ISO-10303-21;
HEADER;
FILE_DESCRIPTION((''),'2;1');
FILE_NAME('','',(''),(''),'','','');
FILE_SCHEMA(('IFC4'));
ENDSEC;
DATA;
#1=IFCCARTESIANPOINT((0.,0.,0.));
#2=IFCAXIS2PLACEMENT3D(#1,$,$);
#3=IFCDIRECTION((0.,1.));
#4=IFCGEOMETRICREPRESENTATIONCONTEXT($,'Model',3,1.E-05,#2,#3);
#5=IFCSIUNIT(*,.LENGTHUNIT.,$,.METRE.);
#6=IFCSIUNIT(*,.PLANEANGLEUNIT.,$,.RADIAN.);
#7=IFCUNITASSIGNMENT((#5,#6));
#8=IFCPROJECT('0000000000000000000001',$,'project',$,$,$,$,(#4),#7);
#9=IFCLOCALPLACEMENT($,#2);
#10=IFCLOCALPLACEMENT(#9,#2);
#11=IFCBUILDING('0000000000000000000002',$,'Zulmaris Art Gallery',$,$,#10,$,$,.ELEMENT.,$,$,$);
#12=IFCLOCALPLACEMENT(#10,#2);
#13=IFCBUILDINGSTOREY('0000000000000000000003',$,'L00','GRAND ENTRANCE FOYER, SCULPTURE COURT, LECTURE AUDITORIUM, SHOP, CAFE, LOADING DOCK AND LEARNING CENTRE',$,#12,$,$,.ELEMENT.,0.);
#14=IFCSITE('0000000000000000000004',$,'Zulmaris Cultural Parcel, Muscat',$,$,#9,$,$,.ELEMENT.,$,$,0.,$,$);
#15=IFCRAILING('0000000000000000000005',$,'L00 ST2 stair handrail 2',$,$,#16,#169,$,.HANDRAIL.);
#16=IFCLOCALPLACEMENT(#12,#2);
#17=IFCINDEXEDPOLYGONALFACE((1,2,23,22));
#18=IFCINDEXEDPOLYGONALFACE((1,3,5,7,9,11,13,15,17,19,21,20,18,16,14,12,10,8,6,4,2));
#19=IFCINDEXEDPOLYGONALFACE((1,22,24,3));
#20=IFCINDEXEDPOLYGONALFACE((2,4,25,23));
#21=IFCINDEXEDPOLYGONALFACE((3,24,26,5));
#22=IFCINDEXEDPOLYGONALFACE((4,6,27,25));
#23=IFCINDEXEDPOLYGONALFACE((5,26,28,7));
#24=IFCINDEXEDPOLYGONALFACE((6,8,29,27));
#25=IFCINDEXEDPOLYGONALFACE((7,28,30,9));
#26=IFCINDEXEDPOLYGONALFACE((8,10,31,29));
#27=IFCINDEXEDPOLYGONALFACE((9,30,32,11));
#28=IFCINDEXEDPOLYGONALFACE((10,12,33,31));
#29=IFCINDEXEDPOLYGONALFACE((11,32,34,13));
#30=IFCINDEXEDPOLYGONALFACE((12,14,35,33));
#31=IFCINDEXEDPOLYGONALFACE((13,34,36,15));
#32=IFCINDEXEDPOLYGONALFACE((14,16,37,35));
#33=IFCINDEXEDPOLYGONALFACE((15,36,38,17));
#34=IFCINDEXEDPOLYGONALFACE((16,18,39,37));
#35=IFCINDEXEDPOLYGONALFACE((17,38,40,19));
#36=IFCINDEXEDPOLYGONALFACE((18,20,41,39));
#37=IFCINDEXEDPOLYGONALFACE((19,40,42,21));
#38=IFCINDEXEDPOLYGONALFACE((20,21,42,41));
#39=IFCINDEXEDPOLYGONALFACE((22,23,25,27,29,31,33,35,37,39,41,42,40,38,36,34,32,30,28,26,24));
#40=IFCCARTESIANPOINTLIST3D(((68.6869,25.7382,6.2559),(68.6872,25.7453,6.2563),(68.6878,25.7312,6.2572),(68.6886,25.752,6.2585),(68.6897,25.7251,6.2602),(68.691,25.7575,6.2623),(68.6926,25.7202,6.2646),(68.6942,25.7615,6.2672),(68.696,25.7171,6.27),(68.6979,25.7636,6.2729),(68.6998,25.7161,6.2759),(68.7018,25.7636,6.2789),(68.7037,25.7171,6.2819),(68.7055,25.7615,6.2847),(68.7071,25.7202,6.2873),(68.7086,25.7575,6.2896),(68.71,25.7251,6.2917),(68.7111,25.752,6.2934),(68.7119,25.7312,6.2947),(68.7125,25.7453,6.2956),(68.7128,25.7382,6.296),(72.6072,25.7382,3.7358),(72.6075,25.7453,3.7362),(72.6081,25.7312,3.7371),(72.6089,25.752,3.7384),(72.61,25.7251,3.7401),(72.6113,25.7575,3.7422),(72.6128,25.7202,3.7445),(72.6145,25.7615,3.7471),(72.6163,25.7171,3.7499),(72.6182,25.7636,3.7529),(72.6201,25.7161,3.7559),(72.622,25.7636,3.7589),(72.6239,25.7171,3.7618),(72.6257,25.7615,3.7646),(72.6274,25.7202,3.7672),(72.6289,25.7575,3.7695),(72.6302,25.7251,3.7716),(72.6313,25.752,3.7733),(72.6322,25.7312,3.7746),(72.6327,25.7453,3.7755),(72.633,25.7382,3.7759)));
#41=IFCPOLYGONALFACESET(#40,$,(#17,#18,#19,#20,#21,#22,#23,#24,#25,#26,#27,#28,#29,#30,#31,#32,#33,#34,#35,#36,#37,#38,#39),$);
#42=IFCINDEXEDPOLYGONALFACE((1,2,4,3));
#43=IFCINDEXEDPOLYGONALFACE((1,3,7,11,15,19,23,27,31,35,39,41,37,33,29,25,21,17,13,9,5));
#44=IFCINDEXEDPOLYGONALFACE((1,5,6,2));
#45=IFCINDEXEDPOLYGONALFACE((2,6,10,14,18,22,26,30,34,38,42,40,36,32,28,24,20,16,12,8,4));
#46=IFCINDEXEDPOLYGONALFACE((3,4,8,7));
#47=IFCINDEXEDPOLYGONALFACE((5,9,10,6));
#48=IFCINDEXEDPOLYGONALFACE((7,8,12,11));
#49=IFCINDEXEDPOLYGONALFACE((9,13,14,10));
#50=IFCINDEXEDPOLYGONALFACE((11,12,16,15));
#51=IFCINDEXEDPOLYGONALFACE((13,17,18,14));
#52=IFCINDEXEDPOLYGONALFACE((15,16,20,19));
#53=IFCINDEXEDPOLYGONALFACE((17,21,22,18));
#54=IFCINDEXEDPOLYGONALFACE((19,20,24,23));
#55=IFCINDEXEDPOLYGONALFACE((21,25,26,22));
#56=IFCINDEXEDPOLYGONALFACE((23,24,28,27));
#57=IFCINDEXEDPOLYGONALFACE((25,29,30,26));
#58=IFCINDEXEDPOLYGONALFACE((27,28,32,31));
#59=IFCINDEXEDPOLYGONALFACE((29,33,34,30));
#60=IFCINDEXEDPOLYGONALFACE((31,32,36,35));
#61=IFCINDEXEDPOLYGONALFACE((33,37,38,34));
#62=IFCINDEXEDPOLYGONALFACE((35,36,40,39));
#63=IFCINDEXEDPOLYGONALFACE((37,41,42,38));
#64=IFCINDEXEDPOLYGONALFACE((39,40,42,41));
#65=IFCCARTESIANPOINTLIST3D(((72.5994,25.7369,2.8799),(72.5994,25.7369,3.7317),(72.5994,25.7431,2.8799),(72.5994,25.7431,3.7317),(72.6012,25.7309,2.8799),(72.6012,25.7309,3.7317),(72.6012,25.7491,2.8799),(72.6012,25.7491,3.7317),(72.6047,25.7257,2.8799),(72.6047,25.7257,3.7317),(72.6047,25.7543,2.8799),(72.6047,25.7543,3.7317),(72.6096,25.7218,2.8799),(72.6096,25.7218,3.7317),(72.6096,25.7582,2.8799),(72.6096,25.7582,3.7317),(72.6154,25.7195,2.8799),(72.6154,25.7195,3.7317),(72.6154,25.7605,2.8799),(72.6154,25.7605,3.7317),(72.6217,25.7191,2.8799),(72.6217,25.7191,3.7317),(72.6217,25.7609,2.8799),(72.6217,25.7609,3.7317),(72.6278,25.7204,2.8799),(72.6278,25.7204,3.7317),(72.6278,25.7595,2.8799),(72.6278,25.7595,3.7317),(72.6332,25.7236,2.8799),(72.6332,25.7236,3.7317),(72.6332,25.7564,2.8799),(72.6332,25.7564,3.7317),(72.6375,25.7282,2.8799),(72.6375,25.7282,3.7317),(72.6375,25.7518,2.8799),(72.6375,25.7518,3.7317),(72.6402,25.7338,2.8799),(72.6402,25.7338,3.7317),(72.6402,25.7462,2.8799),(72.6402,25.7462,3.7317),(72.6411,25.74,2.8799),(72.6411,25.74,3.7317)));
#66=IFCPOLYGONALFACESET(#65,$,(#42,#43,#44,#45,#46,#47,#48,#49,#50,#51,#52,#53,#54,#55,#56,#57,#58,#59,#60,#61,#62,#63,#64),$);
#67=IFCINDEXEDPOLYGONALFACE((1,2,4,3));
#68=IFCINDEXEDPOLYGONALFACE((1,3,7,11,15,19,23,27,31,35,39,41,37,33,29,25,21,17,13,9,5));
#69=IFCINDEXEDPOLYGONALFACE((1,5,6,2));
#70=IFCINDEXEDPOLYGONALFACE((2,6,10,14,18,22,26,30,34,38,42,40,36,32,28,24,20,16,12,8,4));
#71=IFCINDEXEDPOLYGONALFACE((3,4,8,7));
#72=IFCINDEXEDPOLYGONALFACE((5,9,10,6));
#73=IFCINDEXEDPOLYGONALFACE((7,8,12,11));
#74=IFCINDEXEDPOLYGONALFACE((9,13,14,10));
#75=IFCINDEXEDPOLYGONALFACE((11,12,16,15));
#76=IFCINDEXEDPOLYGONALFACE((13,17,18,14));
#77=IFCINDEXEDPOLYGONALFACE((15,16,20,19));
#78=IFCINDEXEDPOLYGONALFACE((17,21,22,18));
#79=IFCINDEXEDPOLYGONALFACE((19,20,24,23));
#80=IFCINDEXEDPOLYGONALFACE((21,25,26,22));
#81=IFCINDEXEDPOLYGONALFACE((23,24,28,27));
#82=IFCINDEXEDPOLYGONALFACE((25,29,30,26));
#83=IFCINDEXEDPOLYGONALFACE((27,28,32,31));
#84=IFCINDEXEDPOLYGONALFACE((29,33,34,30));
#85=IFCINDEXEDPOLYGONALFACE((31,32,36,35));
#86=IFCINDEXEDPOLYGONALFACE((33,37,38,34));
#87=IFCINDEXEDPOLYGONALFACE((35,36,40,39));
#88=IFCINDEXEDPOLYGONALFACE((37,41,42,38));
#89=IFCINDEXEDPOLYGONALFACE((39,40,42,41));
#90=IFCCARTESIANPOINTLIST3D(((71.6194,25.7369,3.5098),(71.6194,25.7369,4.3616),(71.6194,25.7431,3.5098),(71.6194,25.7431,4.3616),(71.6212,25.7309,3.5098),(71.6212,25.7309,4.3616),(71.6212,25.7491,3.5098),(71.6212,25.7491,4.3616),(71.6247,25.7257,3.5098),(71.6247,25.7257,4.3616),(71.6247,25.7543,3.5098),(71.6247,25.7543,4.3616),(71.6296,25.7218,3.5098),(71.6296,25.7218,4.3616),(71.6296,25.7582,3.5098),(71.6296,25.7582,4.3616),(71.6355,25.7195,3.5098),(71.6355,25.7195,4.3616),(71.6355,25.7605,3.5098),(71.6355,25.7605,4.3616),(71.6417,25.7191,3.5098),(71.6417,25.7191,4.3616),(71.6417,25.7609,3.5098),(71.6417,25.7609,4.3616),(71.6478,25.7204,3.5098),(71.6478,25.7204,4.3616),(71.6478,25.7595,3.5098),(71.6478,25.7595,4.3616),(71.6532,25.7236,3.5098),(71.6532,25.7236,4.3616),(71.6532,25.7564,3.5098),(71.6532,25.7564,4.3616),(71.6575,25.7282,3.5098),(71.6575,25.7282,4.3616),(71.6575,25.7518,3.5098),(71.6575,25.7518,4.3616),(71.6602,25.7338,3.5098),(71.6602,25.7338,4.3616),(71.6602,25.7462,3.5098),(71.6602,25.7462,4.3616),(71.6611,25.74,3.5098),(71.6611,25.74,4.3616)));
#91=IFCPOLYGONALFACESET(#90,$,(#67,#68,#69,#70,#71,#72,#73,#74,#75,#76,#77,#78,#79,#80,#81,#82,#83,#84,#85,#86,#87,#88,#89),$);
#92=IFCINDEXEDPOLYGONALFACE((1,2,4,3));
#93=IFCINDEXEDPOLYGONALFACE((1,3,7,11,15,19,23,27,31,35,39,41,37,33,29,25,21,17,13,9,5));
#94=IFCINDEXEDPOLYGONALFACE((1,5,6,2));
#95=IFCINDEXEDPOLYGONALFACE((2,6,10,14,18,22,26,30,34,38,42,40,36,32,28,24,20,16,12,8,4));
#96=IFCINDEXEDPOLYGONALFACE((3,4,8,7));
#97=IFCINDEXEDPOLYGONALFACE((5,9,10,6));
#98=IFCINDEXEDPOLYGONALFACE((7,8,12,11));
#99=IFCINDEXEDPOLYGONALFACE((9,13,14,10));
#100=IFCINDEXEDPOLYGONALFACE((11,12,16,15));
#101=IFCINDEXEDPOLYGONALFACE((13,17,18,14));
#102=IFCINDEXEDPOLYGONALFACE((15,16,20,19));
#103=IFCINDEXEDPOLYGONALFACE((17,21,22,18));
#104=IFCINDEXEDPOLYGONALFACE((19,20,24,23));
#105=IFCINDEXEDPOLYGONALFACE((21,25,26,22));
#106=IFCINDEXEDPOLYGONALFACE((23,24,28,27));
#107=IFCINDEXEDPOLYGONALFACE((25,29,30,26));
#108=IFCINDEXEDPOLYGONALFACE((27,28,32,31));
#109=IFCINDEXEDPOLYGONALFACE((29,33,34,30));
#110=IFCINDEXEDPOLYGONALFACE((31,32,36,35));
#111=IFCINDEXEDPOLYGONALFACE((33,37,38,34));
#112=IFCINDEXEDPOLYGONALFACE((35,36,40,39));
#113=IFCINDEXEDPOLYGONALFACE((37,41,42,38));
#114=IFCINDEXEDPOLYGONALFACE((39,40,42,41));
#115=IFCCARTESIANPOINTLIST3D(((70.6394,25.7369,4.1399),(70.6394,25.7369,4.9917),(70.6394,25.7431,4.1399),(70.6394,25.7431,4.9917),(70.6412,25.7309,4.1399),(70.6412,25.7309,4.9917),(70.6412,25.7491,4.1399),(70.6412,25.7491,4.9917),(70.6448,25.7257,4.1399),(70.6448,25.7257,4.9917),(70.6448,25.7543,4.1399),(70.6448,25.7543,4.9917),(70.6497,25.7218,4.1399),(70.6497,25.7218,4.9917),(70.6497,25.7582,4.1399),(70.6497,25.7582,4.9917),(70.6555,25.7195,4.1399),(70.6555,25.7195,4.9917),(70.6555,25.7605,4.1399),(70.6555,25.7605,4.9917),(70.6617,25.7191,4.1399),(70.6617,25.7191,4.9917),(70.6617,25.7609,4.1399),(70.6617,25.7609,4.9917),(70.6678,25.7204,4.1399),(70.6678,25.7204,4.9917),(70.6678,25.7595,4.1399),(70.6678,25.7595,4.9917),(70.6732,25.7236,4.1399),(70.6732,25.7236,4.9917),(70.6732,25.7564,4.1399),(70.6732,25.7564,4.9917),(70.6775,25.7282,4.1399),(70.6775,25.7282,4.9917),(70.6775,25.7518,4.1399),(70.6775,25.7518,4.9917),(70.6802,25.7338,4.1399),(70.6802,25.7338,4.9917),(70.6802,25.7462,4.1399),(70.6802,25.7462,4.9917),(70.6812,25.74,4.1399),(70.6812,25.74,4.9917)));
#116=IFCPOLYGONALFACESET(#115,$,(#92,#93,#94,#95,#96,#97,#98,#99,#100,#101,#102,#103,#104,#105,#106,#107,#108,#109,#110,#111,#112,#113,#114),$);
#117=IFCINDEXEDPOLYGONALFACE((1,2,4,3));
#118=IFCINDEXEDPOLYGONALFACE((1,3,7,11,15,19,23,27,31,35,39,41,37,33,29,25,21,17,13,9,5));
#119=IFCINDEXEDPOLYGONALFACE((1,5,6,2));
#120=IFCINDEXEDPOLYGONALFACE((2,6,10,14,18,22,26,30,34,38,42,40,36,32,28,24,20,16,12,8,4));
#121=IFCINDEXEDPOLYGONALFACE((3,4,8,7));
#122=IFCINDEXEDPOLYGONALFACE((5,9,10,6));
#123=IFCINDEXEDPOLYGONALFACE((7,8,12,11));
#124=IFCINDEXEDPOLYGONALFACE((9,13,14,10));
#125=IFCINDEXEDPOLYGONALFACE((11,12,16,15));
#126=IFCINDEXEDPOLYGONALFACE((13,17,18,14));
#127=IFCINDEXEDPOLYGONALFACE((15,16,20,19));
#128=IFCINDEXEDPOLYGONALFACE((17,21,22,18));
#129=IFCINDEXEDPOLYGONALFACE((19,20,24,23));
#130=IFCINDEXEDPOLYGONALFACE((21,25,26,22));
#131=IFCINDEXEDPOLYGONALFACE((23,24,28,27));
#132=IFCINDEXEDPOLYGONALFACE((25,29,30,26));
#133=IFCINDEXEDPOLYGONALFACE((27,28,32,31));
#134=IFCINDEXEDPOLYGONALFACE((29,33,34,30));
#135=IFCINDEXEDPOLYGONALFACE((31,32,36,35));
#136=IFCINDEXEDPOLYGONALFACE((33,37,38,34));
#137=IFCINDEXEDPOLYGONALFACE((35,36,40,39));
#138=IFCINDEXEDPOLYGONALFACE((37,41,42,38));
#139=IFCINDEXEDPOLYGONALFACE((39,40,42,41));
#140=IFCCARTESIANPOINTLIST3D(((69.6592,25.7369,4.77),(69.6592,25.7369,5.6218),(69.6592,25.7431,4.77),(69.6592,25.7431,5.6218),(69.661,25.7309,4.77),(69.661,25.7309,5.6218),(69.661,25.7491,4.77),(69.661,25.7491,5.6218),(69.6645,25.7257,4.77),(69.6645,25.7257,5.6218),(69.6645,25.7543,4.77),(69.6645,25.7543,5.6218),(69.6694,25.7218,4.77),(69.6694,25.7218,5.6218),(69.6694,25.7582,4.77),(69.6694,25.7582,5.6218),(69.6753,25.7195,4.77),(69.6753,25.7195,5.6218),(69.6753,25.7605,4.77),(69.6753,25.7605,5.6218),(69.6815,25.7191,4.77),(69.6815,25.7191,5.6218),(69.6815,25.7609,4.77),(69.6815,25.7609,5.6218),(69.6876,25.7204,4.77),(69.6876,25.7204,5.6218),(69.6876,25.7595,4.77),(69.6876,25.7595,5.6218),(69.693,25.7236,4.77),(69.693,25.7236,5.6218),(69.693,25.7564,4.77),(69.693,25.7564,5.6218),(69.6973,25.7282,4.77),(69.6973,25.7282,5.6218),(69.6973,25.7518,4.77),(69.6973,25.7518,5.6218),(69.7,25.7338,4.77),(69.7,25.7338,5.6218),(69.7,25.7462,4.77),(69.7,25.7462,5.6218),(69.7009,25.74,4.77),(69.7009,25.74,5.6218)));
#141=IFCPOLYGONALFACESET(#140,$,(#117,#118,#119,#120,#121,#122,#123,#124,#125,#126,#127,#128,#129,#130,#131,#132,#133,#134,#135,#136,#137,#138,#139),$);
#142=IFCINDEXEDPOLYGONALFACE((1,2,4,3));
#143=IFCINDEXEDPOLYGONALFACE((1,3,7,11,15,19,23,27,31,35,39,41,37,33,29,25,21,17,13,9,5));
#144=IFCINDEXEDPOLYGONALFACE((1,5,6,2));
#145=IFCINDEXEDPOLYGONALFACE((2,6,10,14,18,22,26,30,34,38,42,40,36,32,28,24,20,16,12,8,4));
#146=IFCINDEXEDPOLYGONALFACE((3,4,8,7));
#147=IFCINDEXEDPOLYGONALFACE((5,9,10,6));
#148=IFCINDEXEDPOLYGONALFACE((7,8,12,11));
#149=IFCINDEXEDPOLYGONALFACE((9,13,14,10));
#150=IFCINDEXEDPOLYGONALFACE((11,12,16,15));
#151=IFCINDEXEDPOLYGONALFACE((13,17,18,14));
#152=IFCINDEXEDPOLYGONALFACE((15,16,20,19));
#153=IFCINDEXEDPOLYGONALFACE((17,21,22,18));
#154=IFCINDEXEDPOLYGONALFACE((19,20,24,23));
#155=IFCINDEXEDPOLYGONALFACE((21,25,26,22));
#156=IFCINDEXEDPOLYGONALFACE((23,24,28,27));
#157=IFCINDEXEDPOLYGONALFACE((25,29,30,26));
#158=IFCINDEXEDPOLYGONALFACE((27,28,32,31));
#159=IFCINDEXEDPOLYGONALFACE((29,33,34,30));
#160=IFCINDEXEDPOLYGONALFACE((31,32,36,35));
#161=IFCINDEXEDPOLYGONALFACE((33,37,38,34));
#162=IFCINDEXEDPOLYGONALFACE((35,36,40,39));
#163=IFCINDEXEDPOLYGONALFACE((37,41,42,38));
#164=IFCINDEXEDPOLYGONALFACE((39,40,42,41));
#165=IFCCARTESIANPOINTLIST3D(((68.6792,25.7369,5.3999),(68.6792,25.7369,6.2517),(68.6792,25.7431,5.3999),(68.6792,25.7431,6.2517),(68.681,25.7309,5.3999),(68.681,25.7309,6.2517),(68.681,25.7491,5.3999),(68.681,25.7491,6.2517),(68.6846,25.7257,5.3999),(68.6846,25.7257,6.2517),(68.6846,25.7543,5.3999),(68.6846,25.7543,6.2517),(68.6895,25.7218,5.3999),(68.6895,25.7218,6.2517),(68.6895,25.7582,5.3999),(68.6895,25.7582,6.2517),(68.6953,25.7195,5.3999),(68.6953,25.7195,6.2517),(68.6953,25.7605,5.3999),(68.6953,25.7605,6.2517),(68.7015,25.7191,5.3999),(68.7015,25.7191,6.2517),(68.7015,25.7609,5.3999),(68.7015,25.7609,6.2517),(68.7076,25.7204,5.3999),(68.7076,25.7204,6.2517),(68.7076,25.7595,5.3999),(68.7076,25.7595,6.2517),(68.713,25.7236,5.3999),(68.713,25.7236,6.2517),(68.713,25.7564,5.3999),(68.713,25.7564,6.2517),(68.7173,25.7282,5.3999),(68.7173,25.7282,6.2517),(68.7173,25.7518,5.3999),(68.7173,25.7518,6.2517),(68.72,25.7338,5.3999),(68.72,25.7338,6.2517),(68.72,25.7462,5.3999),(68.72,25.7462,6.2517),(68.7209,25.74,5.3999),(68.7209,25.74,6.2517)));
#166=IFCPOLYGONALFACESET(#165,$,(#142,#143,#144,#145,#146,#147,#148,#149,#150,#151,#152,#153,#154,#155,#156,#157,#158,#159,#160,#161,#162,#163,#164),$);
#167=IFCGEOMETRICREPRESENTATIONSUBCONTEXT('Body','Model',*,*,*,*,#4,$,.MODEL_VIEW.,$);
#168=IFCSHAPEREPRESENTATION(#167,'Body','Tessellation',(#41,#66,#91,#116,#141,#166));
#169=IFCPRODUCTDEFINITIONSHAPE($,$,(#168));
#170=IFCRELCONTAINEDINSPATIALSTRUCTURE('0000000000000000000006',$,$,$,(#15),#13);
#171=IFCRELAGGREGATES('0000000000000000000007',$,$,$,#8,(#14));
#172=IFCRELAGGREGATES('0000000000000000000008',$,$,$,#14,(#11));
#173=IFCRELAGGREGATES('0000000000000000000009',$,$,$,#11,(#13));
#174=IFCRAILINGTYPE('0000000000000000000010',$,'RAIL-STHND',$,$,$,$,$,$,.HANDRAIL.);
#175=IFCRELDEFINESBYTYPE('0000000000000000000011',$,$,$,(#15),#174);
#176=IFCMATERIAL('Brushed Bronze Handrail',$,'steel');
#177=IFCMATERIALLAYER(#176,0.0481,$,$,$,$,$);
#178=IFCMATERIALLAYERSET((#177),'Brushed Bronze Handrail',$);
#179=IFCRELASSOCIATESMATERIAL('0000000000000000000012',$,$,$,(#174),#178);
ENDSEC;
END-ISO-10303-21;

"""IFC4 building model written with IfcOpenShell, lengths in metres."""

from ifc_helpers import new_model, si_unit, direction, frame, origin, origin_2d, place, context, subcontext, project, spatial, circle, extrude, material, layer, layer_set, type_object, element, save


model = new_model("IFC4")

# Units and contexts
model_context = context("Model", 3, precision=1e-05, world=origin(), true_north=direction((0.0, 1.0)))
body_context = subcontext(model_context, "Body", "Model", "MODEL_VIEW")
ifc_project = project(units=[si_unit("LENGTHUNIT", "METRE"), si_unit("PLANEANGLEUNIT", "RADIAN")], contexts=[model_context])

# Site, building, storey
site_placement = place(None, origin())
site = spatial("IfcSite", under=ifc_project, at=site_placement, Name="Zulmaris Cultural Parcel, Muscat", CompositionType="ELEMENT", RefElevation=0.0)
building_placement = place(site_placement, origin())
building = spatial("IfcBuilding", under=site, at=building_placement, Name="Zulmaris Art Gallery", CompositionType="ELEMENT")
storey_placement = place(building_placement, origin())
storey = spatial("IfcBuildingStorey", under=building, at=storey_placement, Name="L00", Description="GRAND ENTRANCE FOYER, SCULPTURE COURT, LECTURE AUDITORIUM, SHOP, CAFE, LOADING DOCK AND LEARNING CENTRE", CompositionType="ELEMENT", Elevation=0.0)

# Railing
ifc_material_1 = material(Name="Brushed Bronze Handrail", Category="steel")
ifc_layer_1 = layer(ifc_material_1, 0.0481)
ifc_layer_set_1 = layer_set([ifc_layer_1], Name="Brushed Bronze Handrail")
railing_type_1 = type_object("IfcRailingType", Name="RAIL-STHND", PredefinedType="HANDRAIL", material=ifc_layer_set_1)
railing_1_placement = place(storey_placement, frame((72.6201, 25.74, 2.8799)))
element("IfcRailing", 1, at=railing_1_placement, inside=storey, type_object=railing_type_1, Name="L00 ST2 stair handrail 2", PredefinedType="HANDRAIL", context=body_context, shape_type="SweptSolid", body=[
    extrude(circle(Radius=0.0239, at=origin_2d()), frame((0.0, 0.0, 0.876), z_axis=(-0.841187, 0.0, 0.540744), x_axis=(0.0, -1.0, 0.0)), (0.0, 0.0, 1.0), 4.6604),
    extrude(circle(Radius=0.021, at=origin_2d()), origin(), (0.0, 0.0, 1.0), 0.8518),
    extrude(circle(Radius=0.021, at=origin_2d()), frame((-0.98, 0.0, 0.6299)), (0.0, 0.0, 1.0), 0.8518),
    extrude(circle(Radius=0.021, at=origin_2d()), frame((-1.96, 0.0, 1.26)), (0.0, 0.0, 1.0), 0.8518),
    extrude(circle(Radius=0.021, at=origin_2d()), frame((-2.9402, 0.0, 1.8901)), (0.0, 0.0, 1.0), 0.8518),
    extrude(circle(Radius=0.021, at=origin_2d()), frame((-3.9202, 0.0, 2.52)), (0.0, 0.0, 1.0), 0.8518),
])

save(model, "model.ifc")
